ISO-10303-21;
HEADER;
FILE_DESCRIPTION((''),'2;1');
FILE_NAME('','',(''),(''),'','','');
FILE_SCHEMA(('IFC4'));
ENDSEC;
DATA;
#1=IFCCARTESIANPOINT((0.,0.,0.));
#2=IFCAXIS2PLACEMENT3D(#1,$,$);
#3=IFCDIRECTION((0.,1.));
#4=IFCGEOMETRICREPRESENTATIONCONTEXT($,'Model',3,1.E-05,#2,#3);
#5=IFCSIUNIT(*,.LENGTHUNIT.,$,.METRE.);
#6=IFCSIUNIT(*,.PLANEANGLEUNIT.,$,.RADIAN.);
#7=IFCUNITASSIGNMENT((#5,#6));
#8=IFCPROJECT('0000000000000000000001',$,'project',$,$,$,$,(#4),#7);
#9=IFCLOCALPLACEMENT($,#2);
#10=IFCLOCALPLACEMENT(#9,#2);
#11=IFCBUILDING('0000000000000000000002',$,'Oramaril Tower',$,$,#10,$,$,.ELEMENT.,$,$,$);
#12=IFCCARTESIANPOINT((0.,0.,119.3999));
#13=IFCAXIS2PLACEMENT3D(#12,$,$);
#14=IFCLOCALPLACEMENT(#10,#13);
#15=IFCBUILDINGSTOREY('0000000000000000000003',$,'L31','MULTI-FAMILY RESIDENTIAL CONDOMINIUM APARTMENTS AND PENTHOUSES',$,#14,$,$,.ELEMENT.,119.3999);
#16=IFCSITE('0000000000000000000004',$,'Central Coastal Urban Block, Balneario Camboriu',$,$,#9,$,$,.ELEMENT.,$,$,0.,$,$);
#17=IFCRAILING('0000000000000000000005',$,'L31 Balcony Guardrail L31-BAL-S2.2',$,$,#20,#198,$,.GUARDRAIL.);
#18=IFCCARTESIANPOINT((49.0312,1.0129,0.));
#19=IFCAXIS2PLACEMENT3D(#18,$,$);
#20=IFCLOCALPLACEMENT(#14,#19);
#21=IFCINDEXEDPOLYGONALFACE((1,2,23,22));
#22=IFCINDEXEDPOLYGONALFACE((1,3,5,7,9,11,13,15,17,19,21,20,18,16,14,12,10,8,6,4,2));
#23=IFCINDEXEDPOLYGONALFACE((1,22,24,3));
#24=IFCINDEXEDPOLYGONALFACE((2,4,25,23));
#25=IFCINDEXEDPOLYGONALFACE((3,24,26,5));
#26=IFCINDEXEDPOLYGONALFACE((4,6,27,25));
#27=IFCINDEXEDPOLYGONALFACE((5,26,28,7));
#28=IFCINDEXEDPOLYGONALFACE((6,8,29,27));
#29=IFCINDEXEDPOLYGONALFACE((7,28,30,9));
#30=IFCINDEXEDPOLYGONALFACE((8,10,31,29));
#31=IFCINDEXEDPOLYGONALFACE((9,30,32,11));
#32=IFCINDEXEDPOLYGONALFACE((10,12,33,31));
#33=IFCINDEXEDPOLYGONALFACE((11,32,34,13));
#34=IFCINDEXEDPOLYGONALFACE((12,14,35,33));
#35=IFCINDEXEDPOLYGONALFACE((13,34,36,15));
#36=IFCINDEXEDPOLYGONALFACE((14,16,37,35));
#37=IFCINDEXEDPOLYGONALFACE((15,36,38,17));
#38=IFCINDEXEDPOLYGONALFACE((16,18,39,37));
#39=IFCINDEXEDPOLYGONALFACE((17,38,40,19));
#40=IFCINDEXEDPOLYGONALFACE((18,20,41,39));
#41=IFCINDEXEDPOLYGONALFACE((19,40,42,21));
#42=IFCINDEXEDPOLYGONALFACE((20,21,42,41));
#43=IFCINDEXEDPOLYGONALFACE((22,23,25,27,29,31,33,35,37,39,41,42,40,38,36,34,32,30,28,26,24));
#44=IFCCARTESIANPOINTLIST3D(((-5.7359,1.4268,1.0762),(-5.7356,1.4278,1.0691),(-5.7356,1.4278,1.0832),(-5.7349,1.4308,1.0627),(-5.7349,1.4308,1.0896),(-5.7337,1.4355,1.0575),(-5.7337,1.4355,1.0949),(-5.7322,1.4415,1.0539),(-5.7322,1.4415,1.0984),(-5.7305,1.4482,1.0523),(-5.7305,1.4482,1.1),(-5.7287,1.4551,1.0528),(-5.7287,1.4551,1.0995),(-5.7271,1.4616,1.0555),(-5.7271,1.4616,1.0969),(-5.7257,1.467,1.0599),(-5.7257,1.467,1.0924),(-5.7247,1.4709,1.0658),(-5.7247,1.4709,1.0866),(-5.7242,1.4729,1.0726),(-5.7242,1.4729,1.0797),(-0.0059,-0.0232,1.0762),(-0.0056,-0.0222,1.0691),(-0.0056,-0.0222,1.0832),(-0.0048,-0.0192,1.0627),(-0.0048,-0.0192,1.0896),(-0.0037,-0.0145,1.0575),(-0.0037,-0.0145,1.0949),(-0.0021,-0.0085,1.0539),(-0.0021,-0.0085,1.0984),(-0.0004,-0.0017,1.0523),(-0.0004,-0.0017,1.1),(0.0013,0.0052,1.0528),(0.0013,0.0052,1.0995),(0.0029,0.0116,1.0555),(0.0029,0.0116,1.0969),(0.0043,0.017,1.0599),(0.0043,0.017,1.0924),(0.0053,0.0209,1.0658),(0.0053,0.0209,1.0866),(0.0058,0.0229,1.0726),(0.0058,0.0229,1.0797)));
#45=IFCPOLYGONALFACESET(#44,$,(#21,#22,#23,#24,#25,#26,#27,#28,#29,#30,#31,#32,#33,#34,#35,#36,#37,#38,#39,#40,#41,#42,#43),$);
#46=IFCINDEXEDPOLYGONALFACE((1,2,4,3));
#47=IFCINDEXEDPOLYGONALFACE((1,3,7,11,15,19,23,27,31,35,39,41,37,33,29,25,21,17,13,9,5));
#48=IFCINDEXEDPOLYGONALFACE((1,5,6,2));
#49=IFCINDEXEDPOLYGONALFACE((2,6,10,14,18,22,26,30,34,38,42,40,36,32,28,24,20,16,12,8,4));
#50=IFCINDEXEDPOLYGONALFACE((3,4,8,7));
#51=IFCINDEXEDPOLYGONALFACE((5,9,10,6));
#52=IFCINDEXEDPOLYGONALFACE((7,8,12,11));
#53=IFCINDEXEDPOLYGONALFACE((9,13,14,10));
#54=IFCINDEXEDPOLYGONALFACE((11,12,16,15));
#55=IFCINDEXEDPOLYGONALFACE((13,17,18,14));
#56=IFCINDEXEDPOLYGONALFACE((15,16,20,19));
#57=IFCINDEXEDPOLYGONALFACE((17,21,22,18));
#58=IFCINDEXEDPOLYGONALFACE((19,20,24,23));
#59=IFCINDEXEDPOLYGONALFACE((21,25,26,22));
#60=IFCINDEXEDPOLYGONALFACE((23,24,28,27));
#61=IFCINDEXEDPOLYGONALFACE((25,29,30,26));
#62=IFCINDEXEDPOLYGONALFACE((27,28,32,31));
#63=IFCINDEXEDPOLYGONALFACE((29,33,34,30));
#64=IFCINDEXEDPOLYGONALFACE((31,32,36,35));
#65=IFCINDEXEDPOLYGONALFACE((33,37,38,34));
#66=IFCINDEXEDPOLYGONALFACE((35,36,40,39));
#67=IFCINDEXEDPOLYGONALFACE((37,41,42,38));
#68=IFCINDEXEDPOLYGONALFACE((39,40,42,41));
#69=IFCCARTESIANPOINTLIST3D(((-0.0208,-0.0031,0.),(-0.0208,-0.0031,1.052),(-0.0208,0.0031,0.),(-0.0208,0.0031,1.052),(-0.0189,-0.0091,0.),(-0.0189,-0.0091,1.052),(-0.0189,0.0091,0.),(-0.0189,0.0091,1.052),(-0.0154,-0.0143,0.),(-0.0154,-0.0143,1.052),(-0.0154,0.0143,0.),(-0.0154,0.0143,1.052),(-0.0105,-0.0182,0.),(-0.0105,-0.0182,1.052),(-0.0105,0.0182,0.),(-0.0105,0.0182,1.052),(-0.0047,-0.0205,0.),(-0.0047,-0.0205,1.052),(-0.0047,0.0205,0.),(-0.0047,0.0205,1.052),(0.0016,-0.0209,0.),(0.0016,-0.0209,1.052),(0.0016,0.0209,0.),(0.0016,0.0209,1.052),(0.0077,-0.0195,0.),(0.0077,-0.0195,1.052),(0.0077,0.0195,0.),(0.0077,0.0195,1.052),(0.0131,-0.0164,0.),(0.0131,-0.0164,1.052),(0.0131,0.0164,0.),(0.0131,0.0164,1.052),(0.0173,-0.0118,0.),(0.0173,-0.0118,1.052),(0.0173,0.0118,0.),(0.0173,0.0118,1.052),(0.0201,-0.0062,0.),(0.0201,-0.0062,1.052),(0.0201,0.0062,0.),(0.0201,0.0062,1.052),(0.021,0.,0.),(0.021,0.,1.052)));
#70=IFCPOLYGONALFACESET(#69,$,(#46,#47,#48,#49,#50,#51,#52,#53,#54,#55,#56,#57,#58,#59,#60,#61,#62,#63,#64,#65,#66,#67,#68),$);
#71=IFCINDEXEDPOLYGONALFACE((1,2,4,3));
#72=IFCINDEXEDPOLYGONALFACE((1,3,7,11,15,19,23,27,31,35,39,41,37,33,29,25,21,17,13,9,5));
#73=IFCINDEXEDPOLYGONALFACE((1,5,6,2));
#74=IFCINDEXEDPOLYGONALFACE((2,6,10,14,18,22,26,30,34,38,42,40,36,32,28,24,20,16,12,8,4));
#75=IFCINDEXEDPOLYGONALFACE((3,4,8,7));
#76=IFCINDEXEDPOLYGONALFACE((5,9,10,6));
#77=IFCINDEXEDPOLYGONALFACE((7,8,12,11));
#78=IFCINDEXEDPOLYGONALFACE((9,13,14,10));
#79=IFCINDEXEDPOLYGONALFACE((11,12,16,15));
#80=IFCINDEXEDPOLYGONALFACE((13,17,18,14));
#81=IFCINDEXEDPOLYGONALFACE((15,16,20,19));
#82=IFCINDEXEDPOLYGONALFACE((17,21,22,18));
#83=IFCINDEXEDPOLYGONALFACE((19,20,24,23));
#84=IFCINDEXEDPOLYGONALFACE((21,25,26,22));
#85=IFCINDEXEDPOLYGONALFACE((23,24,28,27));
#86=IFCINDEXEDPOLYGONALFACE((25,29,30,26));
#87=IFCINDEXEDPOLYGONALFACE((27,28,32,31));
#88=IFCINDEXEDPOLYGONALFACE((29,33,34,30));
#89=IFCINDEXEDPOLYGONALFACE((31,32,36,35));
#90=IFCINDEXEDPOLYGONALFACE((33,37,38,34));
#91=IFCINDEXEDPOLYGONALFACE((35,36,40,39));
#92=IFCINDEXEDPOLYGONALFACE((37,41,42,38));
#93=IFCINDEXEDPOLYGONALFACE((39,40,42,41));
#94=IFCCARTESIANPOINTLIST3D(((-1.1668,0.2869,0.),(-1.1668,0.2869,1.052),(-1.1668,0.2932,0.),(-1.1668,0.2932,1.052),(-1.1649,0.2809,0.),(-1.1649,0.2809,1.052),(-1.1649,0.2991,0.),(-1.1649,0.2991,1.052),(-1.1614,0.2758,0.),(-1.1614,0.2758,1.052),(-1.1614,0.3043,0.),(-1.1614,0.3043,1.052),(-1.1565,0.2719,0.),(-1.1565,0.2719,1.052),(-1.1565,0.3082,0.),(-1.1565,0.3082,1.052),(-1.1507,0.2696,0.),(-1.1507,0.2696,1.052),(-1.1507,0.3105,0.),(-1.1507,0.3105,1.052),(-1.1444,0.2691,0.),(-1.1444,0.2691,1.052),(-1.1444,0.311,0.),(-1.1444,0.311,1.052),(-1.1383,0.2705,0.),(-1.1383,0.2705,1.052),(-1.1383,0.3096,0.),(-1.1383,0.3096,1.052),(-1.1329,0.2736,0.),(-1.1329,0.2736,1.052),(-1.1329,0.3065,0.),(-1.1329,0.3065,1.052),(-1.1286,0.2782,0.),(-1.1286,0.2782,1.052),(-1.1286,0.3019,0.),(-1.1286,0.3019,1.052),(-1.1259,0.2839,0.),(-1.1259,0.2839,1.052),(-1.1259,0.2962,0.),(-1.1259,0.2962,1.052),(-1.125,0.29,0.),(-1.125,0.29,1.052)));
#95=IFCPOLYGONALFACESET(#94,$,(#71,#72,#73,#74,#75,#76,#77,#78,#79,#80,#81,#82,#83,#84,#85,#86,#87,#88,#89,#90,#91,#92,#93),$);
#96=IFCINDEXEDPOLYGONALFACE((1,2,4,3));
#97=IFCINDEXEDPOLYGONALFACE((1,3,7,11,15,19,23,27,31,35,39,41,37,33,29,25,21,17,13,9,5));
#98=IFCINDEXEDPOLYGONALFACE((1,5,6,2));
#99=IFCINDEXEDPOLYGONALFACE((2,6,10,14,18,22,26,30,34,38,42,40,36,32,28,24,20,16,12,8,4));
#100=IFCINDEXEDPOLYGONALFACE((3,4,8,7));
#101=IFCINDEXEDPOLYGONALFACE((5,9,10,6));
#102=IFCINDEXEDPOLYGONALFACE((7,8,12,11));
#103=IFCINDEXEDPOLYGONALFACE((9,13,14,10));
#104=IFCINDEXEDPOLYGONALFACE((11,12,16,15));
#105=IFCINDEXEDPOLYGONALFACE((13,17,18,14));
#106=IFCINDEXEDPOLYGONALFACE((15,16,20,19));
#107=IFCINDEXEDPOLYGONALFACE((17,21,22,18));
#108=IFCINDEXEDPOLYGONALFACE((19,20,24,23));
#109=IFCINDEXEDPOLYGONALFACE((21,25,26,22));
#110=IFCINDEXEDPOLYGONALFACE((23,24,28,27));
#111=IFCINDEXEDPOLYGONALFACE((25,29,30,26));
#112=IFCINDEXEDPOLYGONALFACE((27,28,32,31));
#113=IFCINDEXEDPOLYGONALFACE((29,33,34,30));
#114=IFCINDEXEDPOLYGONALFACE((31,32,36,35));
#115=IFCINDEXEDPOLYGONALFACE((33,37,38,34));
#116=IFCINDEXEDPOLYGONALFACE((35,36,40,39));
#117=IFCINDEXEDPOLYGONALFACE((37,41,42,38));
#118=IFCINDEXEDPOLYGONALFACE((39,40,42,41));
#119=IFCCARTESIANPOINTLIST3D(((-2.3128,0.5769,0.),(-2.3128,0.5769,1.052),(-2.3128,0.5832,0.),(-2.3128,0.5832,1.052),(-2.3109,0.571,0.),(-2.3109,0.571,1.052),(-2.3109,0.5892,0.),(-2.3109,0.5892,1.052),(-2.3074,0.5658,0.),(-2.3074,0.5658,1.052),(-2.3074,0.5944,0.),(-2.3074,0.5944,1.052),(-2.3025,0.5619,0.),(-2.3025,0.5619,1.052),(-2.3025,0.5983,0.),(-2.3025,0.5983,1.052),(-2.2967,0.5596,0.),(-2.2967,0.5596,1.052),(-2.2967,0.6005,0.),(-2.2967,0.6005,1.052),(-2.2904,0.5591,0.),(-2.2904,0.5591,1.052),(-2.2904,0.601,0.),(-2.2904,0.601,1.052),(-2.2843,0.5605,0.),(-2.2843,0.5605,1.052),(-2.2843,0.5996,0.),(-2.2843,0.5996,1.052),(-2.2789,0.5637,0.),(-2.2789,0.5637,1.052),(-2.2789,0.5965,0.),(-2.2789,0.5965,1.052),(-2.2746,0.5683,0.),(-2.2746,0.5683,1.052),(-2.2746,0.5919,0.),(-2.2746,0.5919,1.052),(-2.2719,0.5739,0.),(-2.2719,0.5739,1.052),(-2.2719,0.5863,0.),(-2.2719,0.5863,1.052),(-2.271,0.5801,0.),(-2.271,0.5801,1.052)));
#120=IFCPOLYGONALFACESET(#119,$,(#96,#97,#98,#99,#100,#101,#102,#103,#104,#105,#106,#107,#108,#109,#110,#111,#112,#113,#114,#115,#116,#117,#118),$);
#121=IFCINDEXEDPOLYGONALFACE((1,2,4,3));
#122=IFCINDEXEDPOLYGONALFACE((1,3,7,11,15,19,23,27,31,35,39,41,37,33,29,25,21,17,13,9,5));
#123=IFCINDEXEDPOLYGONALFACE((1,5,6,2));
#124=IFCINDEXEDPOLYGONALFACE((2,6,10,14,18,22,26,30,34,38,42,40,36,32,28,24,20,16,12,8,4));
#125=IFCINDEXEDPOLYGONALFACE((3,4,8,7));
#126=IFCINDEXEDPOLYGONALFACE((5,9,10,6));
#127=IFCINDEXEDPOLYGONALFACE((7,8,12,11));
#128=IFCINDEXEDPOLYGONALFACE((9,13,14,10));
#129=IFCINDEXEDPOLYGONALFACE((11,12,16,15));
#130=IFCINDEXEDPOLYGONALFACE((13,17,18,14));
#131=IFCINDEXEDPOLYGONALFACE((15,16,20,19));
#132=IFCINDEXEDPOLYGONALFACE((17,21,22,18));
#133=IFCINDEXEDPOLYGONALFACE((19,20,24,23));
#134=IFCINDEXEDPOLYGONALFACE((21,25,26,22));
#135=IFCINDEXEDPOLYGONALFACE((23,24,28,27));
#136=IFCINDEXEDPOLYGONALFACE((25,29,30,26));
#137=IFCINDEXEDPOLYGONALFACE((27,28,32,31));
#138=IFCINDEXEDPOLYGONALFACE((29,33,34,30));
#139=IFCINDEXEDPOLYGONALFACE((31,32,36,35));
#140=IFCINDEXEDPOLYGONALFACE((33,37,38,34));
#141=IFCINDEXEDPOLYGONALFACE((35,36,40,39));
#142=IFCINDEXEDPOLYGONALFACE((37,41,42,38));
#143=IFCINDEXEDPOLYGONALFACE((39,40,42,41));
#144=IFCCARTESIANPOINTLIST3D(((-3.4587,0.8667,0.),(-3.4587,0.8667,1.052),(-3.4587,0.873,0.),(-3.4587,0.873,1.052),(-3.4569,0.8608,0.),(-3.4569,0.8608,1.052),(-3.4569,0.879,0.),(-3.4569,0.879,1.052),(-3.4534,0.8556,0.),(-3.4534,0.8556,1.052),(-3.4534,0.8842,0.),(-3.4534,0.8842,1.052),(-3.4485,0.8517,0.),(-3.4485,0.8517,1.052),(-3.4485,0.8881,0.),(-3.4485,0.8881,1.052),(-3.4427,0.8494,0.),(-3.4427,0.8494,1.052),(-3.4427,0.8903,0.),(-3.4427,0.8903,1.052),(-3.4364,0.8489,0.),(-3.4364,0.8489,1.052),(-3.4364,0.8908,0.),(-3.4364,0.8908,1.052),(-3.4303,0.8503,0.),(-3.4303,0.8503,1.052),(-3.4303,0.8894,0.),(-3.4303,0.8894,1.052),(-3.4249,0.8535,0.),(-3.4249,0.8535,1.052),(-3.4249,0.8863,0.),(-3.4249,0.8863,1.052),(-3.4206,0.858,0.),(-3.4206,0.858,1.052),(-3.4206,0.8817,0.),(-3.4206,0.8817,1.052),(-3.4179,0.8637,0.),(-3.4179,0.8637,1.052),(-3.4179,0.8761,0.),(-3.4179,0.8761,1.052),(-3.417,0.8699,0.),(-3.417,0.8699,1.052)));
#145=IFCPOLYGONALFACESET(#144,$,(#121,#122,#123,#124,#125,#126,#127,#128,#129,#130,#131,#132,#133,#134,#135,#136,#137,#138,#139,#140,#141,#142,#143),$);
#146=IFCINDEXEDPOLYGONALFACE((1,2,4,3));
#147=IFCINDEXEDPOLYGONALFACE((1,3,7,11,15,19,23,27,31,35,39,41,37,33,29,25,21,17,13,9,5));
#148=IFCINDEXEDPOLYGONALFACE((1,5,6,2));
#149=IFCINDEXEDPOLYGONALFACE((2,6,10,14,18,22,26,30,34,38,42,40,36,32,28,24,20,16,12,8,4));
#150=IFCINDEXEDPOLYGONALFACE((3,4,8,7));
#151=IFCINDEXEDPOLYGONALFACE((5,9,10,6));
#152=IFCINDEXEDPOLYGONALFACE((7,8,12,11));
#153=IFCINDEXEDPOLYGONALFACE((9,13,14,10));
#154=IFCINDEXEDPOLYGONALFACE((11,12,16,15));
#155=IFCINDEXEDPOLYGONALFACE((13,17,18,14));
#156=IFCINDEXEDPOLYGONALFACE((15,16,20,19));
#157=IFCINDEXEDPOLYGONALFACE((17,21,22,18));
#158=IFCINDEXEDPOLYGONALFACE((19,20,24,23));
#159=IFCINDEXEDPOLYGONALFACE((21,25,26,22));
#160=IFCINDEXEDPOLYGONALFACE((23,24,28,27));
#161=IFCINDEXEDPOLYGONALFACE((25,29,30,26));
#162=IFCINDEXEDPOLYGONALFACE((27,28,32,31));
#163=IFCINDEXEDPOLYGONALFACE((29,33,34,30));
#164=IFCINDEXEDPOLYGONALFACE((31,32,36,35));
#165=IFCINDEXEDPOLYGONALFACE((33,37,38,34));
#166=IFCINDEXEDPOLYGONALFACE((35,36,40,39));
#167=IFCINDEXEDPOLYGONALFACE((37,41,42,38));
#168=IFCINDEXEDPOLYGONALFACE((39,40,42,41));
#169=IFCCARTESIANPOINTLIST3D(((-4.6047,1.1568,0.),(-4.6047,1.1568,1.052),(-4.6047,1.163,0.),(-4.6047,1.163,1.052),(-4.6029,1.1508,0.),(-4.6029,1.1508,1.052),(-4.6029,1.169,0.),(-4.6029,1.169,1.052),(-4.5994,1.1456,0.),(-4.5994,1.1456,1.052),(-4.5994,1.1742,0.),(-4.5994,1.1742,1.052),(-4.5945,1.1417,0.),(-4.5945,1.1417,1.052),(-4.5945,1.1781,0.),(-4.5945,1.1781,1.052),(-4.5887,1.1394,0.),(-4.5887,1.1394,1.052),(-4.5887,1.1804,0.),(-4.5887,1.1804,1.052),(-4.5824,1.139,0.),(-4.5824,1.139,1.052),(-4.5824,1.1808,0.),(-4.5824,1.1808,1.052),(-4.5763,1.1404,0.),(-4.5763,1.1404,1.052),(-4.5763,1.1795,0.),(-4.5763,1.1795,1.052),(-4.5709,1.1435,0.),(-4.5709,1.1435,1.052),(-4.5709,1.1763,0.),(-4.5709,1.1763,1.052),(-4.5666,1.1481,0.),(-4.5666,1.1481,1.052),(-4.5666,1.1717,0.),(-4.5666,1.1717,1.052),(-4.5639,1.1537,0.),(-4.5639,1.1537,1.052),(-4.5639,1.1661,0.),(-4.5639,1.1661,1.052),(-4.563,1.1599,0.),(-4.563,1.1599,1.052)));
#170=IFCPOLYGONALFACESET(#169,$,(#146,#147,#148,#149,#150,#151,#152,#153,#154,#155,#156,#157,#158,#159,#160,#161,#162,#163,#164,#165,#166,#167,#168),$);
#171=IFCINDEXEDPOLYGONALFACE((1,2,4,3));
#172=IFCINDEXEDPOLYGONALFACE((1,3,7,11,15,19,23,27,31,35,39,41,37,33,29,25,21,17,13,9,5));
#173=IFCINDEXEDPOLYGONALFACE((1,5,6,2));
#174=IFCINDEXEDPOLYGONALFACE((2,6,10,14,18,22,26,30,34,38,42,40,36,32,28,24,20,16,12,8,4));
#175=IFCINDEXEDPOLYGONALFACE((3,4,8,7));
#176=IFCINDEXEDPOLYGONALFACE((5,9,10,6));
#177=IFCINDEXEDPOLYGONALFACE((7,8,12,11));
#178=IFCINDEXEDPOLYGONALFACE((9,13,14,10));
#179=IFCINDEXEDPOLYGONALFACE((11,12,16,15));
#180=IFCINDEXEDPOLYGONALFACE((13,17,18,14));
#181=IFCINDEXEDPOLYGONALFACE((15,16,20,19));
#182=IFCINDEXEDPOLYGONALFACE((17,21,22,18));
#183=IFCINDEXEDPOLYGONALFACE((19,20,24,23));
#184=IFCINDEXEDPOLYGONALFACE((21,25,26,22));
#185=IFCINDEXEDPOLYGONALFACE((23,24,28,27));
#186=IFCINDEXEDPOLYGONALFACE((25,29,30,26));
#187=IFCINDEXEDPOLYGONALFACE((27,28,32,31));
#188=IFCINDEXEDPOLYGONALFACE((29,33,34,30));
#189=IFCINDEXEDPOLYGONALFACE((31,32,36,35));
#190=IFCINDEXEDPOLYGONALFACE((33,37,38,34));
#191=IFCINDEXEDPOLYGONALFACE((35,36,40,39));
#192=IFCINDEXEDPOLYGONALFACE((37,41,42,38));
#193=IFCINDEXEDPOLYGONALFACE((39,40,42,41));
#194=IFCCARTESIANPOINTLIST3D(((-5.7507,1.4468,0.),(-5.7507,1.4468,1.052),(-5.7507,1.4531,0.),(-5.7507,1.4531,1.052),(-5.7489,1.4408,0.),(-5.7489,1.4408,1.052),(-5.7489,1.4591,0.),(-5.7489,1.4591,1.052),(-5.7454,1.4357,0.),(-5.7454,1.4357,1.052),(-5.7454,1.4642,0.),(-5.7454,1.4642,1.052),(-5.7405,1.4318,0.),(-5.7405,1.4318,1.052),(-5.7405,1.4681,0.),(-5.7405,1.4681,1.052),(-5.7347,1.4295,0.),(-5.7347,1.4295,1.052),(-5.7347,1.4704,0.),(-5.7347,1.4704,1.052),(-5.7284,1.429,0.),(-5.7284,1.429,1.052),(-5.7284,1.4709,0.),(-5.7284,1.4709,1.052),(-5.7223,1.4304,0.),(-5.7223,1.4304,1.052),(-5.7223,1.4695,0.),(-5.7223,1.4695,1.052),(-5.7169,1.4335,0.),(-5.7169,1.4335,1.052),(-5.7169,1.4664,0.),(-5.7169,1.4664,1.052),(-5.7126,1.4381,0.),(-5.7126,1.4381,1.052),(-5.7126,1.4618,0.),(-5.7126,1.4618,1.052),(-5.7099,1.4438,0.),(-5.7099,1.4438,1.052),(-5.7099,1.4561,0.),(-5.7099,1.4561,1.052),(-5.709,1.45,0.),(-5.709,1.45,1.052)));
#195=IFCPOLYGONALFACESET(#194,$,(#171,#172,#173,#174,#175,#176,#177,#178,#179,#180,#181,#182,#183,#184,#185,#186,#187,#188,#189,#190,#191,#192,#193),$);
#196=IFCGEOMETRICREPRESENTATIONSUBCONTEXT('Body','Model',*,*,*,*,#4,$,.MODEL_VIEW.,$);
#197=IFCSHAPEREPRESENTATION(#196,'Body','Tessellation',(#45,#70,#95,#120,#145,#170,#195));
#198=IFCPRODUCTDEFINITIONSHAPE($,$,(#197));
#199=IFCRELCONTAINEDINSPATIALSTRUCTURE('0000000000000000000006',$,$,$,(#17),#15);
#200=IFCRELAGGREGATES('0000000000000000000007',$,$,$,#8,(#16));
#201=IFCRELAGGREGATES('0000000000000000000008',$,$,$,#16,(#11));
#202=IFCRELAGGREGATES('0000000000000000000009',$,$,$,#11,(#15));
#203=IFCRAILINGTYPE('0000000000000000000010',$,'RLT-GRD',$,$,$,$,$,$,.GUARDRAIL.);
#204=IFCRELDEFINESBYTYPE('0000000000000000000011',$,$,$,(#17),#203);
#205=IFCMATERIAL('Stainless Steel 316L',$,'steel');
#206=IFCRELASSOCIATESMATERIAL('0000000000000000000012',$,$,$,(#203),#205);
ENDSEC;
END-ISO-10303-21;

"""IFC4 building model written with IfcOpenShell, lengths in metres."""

from ifc_helpers import new_model, si_unit, direction, frame, origin, origin_2d, place, context, subcontext, project, spatial, circle, extrude, material, type_object, element, save


model = new_model("IFC4")

# Units and contexts
model_context = context("Model", 3, precision=1e-05, world=origin(), true_north=direction((0.0, 1.0)))
body_context = subcontext(model_context, "Body", "Model", "MODEL_VIEW")
ifc_project = project(units=[si_unit("LENGTHUNIT", "METRE"), si_unit("PLANEANGLEUNIT", "RADIAN")], contexts=[model_context])

# Site, building, storey
site_placement = place(None, origin())
site = spatial("IfcSite", under=ifc_project, at=site_placement, Name="Central Coastal Urban Block, Balneario Camboriu", CompositionType="ELEMENT", RefElevation=0.0)
building_placement = place(site_placement, origin())
building = spatial("IfcBuilding", under=site, at=building_placement, Name="Oramaril Tower", CompositionType="ELEMENT")
storey_placement = place(building_placement, frame((0.0, 0.0, 119.3999)))
storey = spatial("IfcBuildingStorey", under=building, at=storey_placement, Name="L31", Description="MULTI-FAMILY RESIDENTIAL CONDOMINIUM APARTMENTS AND PENTHOUSES", CompositionType="ELEMENT", Elevation=119.3999)

# Railing
ifc_material_1 = material(Name="Stainless Steel 316L", Category="steel")
railing_type = type_object("IfcRailingType", Name="RLT-GRD", PredefinedType="GUARDRAIL", material=ifc_material_1)
railing_1_placement = place(storey_placement, frame((49.0312, 1.0129, 0.0)))
element("IfcRailing", 1, at=railing_1_placement, inside=storey, type_object=railing_type, Name="L31 Balcony Guardrail L31-BAL-S2.2", PredefinedType="GUARDRAIL", context=body_context, shape_type="SweptSolid", body=[
    extrude(circle(Radius=0.0239, at=origin_2d()), frame((0.0, 0.0, 1.0762), z_axis=(-0.969444, 0.245314, 0.0), x_axis=(-0.245314, -0.969444, 0.0)), (0.0, 0.0, 1.0), 5.9106),
    extrude(circle(Radius=0.021, at=origin_2d()), origin(), (0.0, 0.0, 1.0), 1.052),
    extrude(circle(Radius=0.021, at=origin_2d()), frame((-1.146, 0.29, 0.0)), (0.0, 0.0, 1.0), 1.052),
    extrude(circle(Radius=0.021, at=origin_2d()), frame((-2.292, 0.5801, 0.0)), (0.0, 0.0, 1.0), 1.052),
    extrude(circle(Radius=0.021, at=origin_2d()), frame((-3.438, 0.8699, 0.0)), (0.0, 0.0, 1.0), 1.052),
    extrude(circle(Radius=0.021, at=origin_2d()), frame((-4.584, 1.1599, 0.0)), (0.0, 0.0, 1.0), 1.052),
    extrude(circle(Radius=0.021, at=origin_2d()), frame((-5.73, 1.45, 0.0)), (0.0, 0.0, 1.0), 1.052),
])

save(model, "model.ifc")
